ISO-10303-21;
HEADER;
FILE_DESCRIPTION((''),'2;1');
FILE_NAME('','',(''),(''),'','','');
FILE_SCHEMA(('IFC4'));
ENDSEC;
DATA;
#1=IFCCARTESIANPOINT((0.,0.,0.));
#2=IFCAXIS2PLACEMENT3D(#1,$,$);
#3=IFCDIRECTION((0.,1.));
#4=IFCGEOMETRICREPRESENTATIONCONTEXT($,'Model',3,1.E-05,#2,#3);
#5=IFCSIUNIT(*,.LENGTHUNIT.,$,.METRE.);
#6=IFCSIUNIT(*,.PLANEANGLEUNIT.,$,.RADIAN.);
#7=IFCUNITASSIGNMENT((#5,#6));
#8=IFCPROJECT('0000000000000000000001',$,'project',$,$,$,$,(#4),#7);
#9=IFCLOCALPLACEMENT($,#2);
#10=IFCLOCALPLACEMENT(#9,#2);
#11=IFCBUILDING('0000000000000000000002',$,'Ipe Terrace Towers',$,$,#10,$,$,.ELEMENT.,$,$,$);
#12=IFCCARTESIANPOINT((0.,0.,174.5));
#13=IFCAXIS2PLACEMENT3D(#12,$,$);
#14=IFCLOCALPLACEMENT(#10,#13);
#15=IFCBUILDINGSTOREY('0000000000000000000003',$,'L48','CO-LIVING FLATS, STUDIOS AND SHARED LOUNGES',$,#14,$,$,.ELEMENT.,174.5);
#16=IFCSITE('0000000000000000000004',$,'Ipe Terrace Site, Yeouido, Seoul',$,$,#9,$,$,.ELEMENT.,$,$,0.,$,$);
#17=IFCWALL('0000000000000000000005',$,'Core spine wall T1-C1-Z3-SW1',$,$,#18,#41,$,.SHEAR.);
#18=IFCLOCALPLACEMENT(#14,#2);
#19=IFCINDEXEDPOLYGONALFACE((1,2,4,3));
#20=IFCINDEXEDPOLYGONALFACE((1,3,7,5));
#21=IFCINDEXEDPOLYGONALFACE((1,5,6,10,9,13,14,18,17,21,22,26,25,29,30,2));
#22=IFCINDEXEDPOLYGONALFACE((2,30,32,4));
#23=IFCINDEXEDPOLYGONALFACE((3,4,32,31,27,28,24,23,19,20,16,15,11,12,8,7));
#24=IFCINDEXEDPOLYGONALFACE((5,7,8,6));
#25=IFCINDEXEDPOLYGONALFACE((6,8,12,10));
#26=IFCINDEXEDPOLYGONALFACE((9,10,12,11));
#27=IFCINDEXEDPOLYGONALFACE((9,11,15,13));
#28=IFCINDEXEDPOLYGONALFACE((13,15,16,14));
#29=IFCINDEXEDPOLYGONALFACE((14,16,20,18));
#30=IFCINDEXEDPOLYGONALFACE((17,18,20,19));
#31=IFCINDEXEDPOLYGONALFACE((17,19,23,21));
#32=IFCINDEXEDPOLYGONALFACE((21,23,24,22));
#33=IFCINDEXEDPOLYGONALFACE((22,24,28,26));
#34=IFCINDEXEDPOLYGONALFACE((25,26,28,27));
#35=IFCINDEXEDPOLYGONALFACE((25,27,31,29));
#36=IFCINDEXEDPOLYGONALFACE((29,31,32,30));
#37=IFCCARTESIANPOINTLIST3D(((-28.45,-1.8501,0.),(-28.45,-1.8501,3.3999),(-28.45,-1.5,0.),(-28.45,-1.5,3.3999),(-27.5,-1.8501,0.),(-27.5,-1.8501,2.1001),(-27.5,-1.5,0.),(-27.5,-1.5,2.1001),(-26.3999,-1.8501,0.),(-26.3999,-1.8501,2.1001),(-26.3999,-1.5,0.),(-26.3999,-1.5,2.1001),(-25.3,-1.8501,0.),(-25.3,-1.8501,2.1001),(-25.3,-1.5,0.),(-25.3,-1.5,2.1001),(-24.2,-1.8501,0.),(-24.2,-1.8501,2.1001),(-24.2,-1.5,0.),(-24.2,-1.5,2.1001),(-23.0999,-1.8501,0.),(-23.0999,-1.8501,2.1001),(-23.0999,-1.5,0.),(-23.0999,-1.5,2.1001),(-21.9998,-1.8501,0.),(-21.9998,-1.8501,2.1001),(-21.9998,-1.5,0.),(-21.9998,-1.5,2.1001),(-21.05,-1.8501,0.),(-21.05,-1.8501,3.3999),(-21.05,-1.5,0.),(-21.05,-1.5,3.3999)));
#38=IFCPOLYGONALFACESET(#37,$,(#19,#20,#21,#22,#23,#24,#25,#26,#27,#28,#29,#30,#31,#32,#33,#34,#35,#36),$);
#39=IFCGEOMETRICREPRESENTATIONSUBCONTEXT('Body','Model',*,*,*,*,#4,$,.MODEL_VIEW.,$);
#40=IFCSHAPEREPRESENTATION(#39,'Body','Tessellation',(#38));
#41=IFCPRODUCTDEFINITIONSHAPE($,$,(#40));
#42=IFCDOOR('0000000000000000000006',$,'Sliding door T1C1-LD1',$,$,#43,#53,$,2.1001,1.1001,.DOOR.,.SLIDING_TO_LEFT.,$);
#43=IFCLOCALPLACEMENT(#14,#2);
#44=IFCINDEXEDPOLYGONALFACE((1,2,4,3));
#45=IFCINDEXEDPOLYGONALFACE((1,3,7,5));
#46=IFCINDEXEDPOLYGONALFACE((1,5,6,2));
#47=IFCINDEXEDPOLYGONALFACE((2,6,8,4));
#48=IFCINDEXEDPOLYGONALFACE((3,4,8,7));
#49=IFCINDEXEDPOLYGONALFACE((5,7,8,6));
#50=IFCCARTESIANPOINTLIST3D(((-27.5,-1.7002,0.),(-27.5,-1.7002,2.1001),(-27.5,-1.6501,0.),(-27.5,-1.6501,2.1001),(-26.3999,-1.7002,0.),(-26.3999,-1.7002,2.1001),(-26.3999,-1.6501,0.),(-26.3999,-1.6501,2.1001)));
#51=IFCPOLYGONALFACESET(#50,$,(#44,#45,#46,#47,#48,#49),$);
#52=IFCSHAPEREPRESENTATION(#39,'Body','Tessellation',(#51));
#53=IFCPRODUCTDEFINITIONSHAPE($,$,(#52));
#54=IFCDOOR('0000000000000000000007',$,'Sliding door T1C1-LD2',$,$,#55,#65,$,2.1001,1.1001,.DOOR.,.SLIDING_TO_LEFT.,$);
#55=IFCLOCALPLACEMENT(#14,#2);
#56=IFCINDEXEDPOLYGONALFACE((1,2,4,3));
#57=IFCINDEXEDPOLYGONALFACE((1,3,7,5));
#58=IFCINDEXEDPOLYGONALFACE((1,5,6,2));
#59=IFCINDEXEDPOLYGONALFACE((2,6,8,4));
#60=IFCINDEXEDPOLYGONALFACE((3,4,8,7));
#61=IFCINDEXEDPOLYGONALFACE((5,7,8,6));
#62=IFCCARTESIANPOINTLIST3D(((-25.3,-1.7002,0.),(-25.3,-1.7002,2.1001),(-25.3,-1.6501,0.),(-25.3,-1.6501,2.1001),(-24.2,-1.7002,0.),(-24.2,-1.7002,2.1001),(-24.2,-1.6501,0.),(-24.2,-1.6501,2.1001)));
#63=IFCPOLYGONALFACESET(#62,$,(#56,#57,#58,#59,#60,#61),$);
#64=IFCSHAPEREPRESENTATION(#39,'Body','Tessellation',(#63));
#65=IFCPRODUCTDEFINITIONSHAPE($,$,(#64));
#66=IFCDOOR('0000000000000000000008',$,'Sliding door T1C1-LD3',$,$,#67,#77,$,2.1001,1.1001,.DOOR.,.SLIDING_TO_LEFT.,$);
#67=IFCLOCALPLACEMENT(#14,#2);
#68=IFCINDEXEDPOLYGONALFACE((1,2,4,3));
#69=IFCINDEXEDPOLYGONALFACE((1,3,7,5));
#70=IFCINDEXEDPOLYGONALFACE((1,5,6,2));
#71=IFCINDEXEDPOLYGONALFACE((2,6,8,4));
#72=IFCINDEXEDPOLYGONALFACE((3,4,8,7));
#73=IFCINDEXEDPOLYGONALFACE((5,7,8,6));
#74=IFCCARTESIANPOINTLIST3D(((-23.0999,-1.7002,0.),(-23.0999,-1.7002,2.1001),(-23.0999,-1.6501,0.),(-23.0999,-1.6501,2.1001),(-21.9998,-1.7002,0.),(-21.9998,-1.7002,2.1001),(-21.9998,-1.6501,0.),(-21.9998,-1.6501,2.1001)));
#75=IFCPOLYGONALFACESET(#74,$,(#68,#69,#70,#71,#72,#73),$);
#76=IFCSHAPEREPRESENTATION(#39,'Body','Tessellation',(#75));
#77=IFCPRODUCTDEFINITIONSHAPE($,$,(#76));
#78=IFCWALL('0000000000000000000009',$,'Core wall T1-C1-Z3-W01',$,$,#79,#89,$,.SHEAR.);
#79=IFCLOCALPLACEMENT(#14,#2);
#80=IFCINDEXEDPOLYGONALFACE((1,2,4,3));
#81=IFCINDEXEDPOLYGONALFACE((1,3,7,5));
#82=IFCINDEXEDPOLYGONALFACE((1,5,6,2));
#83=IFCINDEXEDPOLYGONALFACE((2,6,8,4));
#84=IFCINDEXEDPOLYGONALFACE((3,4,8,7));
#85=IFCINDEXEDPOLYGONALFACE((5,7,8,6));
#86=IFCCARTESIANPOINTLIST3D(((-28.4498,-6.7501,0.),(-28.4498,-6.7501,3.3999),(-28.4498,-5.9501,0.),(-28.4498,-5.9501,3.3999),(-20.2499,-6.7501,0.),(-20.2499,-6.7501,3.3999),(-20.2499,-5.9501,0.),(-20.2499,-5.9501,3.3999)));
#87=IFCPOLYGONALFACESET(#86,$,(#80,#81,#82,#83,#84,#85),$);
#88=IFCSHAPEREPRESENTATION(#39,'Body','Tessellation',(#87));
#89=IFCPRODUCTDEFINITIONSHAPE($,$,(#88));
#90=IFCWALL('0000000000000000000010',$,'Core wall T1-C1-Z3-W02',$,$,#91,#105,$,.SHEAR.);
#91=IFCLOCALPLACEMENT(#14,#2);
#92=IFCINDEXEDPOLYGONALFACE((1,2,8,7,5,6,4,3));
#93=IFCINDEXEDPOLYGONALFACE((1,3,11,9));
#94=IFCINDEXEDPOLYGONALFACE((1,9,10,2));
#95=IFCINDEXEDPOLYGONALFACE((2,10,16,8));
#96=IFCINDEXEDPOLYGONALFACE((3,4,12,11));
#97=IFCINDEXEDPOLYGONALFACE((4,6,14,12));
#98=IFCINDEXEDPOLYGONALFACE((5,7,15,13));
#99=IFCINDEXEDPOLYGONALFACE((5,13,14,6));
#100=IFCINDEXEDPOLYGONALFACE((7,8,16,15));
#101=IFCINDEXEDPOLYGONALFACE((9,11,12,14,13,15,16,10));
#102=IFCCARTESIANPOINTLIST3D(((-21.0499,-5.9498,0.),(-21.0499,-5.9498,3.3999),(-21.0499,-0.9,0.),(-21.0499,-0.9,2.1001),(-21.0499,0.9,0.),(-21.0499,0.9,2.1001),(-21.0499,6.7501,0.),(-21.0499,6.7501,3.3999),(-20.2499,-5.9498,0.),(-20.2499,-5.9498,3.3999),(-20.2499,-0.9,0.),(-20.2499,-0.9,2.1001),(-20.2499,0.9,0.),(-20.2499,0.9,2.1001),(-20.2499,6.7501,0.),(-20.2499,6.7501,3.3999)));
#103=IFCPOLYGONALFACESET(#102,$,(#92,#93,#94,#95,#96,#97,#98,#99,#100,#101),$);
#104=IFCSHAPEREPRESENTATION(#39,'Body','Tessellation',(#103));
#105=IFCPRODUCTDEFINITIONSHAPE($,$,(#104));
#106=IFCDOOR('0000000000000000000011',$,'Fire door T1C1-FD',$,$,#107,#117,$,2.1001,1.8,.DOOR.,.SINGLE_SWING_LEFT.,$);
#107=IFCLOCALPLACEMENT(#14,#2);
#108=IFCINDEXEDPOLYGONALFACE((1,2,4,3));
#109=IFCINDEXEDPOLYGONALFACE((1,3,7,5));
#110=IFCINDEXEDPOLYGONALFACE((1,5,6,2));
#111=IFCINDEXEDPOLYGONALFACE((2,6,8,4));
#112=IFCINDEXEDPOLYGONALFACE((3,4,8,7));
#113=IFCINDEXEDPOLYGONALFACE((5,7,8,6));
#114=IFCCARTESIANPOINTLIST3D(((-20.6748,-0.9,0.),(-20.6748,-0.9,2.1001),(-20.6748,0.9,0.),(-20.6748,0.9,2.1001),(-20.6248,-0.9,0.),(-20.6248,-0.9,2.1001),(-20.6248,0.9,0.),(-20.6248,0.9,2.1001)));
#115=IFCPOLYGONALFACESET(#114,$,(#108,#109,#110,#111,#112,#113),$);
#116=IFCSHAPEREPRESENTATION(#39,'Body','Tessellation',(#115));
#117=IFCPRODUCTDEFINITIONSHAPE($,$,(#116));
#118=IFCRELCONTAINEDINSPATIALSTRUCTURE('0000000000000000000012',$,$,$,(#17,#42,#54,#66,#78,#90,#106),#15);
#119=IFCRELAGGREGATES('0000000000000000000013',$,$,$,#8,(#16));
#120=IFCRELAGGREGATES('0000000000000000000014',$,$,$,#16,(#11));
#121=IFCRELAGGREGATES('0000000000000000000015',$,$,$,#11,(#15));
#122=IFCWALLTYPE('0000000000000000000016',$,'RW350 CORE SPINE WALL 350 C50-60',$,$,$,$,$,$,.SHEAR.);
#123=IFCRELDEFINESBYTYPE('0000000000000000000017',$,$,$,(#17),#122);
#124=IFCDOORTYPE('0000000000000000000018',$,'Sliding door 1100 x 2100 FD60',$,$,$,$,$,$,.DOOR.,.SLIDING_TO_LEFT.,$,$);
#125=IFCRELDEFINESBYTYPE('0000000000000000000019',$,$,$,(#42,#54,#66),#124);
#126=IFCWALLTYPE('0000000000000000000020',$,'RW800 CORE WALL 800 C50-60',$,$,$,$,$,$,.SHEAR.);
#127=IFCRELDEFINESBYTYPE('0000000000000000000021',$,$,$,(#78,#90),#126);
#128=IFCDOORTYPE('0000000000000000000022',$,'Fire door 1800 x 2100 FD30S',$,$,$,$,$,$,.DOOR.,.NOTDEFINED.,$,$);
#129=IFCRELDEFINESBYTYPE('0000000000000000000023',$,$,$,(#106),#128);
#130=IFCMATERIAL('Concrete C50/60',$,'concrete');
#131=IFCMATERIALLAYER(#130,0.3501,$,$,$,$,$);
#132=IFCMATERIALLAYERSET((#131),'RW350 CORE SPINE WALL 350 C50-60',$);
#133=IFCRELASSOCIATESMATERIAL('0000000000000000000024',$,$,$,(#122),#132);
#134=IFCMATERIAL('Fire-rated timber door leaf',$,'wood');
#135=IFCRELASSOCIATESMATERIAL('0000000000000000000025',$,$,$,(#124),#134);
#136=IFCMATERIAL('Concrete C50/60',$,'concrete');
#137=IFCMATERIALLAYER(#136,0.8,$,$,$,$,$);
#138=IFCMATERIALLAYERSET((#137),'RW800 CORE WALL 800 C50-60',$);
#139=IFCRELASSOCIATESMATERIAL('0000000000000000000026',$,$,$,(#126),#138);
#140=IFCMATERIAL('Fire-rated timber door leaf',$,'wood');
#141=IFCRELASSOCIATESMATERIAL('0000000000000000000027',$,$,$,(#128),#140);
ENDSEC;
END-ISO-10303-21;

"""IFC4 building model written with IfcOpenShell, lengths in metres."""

from ifc_helpers import new_model, si_unit, direction, frame, frame_2d, origin, place, context, subcontext, project, spatial, rectangle, extrude, material, layer, layer_set, type_object, element, fill, save


model = new_model("IFC4")

# Units and contexts
model_context = context("Model", 3, precision=1e-05, world=origin(), true_north=direction((0.0, 1.0)))
body_context = subcontext(model_context, "Body", "Model", "MODEL_VIEW")
ifc_project = project(units=[si_unit("LENGTHUNIT", "METRE"), si_unit("PLANEANGLEUNIT", "RADIAN")], contexts=[model_context])

# Site, building, storey
site_placement = place(None, origin())
site = spatial("IfcSite", under=ifc_project, at=site_placement, Name="Ipe Terrace Site, Yeouido, Seoul", CompositionType="ELEMENT", RefElevation=0.0)
building_placement = place(site_placement, origin())
building = spatial("IfcBuilding", under=site, at=building_placement, Name="Ipe Terrace Towers", CompositionType="ELEMENT")
storey_placement = place(building_placement, frame((0.0, 0.0, 174.5)))
storey = spatial("IfcBuildingStorey", under=building, at=storey_placement, Name="L48", Description="CO-LIVING FLATS, STUDIOS AND SHARED LOUNGES", CompositionType="ELEMENT", Elevation=174.5)

# Wall, openings, doors
ifc_material_1 = material(Name="Concrete C50/60", Category="concrete")
ifc_layer_1 = layer(ifc_material_1, 0.3501)
ifc_layer_set_1 = layer_set([ifc_layer_1], Name="RW350 CORE SPINE WALL 350 C50-60")
wall_type_1 = type_object("IfcWallType", Name="RW350 CORE SPINE WALL 350 C50-60", PredefinedType="SHEAR", material=ifc_layer_set_1)
wall_1_placement = place(storey_placement, frame((-28.45, -1.675, 0.0), z_axis=(0.0, 0.0, 1.0), x_axis=(1.0, 0.0, 0.0)))
wall_1 = element("IfcWall", 1, at=wall_1_placement, inside=storey, type_object=wall_type_1, Name="Core spine wall T1-C1-Z3-SW1", PredefinedType="SHEAR", context=body_context, shape_type="SweptSolid", body=[
    extrude(rectangle(XDim=7.3999, YDim=0.3501, at=frame_2d((3.7, 0.0))), origin(), (0.0, 0.0, 1.0), 3.3999),
])
opening_1_placement = place(wall_1_placement, frame((0.95, 0.0, 0.0)))
opening_1 = element("IfcOpeningElement", 2, at=opening_1_placement, cuts=wall_1, PredefinedType="OPENING", context=body_context, shape_type="SweptSolid", body=[
    extrude(rectangle(XDim=1.1001, YDim=2.1001, at=frame_2d((0.55, 1.05))), frame((0.0, 0.1851, 0.0), z_axis=(0.0, -1.0, 0.0), x_axis=(1.0, 0.0, 0.0)), (0.0, 0.0, 1.0), 0.3701),
])
opening_2_placement = place(wall_1_placement, frame((3.1499, 0.0, 0.0)))
opening_2 = element("IfcOpeningElement", 3, at=opening_2_placement, cuts=wall_1, PredefinedType="OPENING", context=body_context, shape_type="SweptSolid", body=[
    extrude(rectangle(XDim=1.1001, YDim=2.1001, at=frame_2d((0.55, 1.05))), frame((0.0, 0.1851, 0.0), z_axis=(0.0, -1.0, 0.0), x_axis=(1.0, 0.0, 0.0)), (0.0, 0.0, 1.0), 0.3701),
])
opening_3_placement = place(wall_1_placement, frame((5.3501, 0.0, 0.0)))
opening_3 = element("IfcOpeningElement", 4, at=opening_3_placement, cuts=wall_1, PredefinedType="OPENING", context=body_context, shape_type="SweptSolid", body=[
    extrude(rectangle(XDim=1.1001, YDim=2.1001, at=frame_2d((0.55, 1.05))), frame((0.0, 0.1851, 0.0), z_axis=(0.0, -1.0, 0.0), x_axis=(1.0, 0.0, 0.0)), (0.0, 0.0, 1.0), 0.3701),
])
ifc_material_2 = material(Name="Fire-rated timber door leaf", Category="wood")
door_type_1 = type_object("IfcDoorType", Name="Sliding door 1100 x 2100 FD60", OperationType="SLIDING_TO_LEFT", PredefinedType="DOOR", material=ifc_material_2)
door_1_placement = place(opening_1_placement, origin())
door_1 = element("IfcDoor", 5, at=door_1_placement, inside=storey, type_object=door_type_1, Name="Sliding door T1C1-LD1", OperationType="SLIDING_TO_LEFT", OverallHeight=2.1001, OverallWidth=1.1001, PredefinedType="DOOR", context=body_context, shape_type="SweptSolid", body=[
    extrude(rectangle(XDim=1.1001, YDim=2.1001, at=frame_2d((0.55, 1.05))), frame((0.0, 0.0249, 0.0), z_axis=(0.0, -1.0, 0.0), x_axis=(1.0, 0.0, 0.0)), (0.0, 0.0, 1.0), 0.05),
])
fill(opening_1, door_1)
door_2_placement = place(opening_2_placement, origin())
door_2 = element("IfcDoor", 6, at=door_2_placement, inside=storey, type_object=door_type_1, Name="Sliding door T1C1-LD2", OperationType="SLIDING_TO_LEFT", OverallHeight=2.1001, OverallWidth=1.1001, PredefinedType="DOOR", context=body_context, shape_type="SweptSolid", body=[
    extrude(rectangle(XDim=1.1001, YDim=2.1001, at=frame_2d((0.55, 1.05))), frame((0.0, 0.0249, 0.0), z_axis=(0.0, -1.0, 0.0), x_axis=(1.0, 0.0, 0.0)), (0.0, 0.0, 1.0), 0.05),
])
fill(opening_2, door_2)
door_3_placement = place(opening_3_placement, origin())
door_3 = element("IfcDoor", 7, at=door_3_placement, inside=storey, type_object=door_type_1, Name="Sliding door T1C1-LD3", OperationType="SLIDING_TO_LEFT", OverallHeight=2.1001, OverallWidth=1.1001, PredefinedType="DOOR", context=body_context, shape_type="SweptSolid", body=[
    extrude(rectangle(XDim=1.1001, YDim=2.1001, at=frame_2d((0.55, 1.05))), frame((0.0, 0.0249, 0.0), z_axis=(0.0, -1.0, 0.0), x_axis=(1.0, 0.0, 0.0)), (0.0, 0.0, 1.0), 0.05),
])
fill(opening_3, door_3)

# Wall
ifc_material_3 = material(Name="Concrete C50/60", Category="concrete")
ifc_layer_2 = layer(ifc_material_3, 0.8)
ifc_layer_set_2 = layer_set([ifc_layer_2], Name="RW800 CORE WALL 800 C50-60")
wall_type_2 = type_object("IfcWallType", Name="RW800 CORE WALL 800 C50-60", PredefinedType="SHEAR", material=ifc_layer_set_2)
wall_2_placement = place(storey_placement, frame((-28.45, -6.3501, 0.0), z_axis=(0.0, 0.0, 1.0), x_axis=(1.0, 0.0, 0.0)))
element("IfcWall", 8, at=wall_2_placement, inside=storey, type_object=wall_type_2, Name="Core wall T1-C1-Z3-W01", PredefinedType="SHEAR", context=body_context, shape_type="SweptSolid", body=[
    extrude(rectangle(XDim=8.2, YDim=0.8, at=frame_2d((4.1001, 0.0))), origin(), (0.0, 0.0, 1.0), 3.3999),
])

# Wall, opening, door
wall_3_placement = place(storey_placement, frame((-20.6499, -5.95, 0.0), z_axis=(0.0, 0.0, 1.0), x_axis=(0.0, 1.0, 0.0)))
wall_3 = element("IfcWall", 9, at=wall_3_placement, inside=storey, type_object=wall_type_2, Name="Core wall T1-C1-Z3-W02", PredefinedType="SHEAR", context=body_context, shape_type="SweptSolid", body=[
    extrude(rectangle(XDim=12.7, YDim=0.8, at=frame_2d((6.3501, 0.0))), origin(), (0.0, 0.0, 1.0), 3.3999),
])
opening_4_placement = place(wall_3_placement, frame((5.05, 0.0, 0.0)))
opening_4 = element("IfcOpeningElement", 10, at=opening_4_placement, cuts=wall_3, PredefinedType="OPENING", context=body_context, shape_type="SweptSolid", body=[
    extrude(rectangle(XDim=1.8, YDim=2.1001, at=frame_2d((0.8999, 1.05))), frame((0.0, 0.4102, 0.0), z_axis=(0.0, -1.0, 0.0), x_axis=(1.0, 0.0, 0.0)), (0.0, 0.0, 1.0), 0.8201),
])
ifc_material_4 = material(Name="Fire-rated timber door leaf", Category="wood")
door_type_2 = type_object("IfcDoorType", Name="Fire door 1800 x 2100 FD30S", OperationType="NOTDEFINED", PredefinedType="DOOR", material=ifc_material_4)
door_4_placement = place(opening_4_placement, origin())
door_4 = element("IfcDoor", 11, at=door_4_placement, inside=storey, type_object=door_type_2, Name="Fire door T1C1-FD", OperationType="SINGLE_SWING_LEFT", OverallHeight=2.1001, OverallWidth=1.8, PredefinedType="DOOR", context=body_context, shape_type="SweptSolid", body=[
    extrude(rectangle(XDim=1.8, YDim=2.1001, at=frame_2d((0.8999, 1.05))), frame((0.0, 0.0249, 0.0), z_axis=(0.0, -1.0, 0.0), x_axis=(1.0, 0.0, 0.0)), (0.0, 0.0, 1.0), 0.05),
])
fill(opening_4, door_4)

save(model, "model.ifc")
